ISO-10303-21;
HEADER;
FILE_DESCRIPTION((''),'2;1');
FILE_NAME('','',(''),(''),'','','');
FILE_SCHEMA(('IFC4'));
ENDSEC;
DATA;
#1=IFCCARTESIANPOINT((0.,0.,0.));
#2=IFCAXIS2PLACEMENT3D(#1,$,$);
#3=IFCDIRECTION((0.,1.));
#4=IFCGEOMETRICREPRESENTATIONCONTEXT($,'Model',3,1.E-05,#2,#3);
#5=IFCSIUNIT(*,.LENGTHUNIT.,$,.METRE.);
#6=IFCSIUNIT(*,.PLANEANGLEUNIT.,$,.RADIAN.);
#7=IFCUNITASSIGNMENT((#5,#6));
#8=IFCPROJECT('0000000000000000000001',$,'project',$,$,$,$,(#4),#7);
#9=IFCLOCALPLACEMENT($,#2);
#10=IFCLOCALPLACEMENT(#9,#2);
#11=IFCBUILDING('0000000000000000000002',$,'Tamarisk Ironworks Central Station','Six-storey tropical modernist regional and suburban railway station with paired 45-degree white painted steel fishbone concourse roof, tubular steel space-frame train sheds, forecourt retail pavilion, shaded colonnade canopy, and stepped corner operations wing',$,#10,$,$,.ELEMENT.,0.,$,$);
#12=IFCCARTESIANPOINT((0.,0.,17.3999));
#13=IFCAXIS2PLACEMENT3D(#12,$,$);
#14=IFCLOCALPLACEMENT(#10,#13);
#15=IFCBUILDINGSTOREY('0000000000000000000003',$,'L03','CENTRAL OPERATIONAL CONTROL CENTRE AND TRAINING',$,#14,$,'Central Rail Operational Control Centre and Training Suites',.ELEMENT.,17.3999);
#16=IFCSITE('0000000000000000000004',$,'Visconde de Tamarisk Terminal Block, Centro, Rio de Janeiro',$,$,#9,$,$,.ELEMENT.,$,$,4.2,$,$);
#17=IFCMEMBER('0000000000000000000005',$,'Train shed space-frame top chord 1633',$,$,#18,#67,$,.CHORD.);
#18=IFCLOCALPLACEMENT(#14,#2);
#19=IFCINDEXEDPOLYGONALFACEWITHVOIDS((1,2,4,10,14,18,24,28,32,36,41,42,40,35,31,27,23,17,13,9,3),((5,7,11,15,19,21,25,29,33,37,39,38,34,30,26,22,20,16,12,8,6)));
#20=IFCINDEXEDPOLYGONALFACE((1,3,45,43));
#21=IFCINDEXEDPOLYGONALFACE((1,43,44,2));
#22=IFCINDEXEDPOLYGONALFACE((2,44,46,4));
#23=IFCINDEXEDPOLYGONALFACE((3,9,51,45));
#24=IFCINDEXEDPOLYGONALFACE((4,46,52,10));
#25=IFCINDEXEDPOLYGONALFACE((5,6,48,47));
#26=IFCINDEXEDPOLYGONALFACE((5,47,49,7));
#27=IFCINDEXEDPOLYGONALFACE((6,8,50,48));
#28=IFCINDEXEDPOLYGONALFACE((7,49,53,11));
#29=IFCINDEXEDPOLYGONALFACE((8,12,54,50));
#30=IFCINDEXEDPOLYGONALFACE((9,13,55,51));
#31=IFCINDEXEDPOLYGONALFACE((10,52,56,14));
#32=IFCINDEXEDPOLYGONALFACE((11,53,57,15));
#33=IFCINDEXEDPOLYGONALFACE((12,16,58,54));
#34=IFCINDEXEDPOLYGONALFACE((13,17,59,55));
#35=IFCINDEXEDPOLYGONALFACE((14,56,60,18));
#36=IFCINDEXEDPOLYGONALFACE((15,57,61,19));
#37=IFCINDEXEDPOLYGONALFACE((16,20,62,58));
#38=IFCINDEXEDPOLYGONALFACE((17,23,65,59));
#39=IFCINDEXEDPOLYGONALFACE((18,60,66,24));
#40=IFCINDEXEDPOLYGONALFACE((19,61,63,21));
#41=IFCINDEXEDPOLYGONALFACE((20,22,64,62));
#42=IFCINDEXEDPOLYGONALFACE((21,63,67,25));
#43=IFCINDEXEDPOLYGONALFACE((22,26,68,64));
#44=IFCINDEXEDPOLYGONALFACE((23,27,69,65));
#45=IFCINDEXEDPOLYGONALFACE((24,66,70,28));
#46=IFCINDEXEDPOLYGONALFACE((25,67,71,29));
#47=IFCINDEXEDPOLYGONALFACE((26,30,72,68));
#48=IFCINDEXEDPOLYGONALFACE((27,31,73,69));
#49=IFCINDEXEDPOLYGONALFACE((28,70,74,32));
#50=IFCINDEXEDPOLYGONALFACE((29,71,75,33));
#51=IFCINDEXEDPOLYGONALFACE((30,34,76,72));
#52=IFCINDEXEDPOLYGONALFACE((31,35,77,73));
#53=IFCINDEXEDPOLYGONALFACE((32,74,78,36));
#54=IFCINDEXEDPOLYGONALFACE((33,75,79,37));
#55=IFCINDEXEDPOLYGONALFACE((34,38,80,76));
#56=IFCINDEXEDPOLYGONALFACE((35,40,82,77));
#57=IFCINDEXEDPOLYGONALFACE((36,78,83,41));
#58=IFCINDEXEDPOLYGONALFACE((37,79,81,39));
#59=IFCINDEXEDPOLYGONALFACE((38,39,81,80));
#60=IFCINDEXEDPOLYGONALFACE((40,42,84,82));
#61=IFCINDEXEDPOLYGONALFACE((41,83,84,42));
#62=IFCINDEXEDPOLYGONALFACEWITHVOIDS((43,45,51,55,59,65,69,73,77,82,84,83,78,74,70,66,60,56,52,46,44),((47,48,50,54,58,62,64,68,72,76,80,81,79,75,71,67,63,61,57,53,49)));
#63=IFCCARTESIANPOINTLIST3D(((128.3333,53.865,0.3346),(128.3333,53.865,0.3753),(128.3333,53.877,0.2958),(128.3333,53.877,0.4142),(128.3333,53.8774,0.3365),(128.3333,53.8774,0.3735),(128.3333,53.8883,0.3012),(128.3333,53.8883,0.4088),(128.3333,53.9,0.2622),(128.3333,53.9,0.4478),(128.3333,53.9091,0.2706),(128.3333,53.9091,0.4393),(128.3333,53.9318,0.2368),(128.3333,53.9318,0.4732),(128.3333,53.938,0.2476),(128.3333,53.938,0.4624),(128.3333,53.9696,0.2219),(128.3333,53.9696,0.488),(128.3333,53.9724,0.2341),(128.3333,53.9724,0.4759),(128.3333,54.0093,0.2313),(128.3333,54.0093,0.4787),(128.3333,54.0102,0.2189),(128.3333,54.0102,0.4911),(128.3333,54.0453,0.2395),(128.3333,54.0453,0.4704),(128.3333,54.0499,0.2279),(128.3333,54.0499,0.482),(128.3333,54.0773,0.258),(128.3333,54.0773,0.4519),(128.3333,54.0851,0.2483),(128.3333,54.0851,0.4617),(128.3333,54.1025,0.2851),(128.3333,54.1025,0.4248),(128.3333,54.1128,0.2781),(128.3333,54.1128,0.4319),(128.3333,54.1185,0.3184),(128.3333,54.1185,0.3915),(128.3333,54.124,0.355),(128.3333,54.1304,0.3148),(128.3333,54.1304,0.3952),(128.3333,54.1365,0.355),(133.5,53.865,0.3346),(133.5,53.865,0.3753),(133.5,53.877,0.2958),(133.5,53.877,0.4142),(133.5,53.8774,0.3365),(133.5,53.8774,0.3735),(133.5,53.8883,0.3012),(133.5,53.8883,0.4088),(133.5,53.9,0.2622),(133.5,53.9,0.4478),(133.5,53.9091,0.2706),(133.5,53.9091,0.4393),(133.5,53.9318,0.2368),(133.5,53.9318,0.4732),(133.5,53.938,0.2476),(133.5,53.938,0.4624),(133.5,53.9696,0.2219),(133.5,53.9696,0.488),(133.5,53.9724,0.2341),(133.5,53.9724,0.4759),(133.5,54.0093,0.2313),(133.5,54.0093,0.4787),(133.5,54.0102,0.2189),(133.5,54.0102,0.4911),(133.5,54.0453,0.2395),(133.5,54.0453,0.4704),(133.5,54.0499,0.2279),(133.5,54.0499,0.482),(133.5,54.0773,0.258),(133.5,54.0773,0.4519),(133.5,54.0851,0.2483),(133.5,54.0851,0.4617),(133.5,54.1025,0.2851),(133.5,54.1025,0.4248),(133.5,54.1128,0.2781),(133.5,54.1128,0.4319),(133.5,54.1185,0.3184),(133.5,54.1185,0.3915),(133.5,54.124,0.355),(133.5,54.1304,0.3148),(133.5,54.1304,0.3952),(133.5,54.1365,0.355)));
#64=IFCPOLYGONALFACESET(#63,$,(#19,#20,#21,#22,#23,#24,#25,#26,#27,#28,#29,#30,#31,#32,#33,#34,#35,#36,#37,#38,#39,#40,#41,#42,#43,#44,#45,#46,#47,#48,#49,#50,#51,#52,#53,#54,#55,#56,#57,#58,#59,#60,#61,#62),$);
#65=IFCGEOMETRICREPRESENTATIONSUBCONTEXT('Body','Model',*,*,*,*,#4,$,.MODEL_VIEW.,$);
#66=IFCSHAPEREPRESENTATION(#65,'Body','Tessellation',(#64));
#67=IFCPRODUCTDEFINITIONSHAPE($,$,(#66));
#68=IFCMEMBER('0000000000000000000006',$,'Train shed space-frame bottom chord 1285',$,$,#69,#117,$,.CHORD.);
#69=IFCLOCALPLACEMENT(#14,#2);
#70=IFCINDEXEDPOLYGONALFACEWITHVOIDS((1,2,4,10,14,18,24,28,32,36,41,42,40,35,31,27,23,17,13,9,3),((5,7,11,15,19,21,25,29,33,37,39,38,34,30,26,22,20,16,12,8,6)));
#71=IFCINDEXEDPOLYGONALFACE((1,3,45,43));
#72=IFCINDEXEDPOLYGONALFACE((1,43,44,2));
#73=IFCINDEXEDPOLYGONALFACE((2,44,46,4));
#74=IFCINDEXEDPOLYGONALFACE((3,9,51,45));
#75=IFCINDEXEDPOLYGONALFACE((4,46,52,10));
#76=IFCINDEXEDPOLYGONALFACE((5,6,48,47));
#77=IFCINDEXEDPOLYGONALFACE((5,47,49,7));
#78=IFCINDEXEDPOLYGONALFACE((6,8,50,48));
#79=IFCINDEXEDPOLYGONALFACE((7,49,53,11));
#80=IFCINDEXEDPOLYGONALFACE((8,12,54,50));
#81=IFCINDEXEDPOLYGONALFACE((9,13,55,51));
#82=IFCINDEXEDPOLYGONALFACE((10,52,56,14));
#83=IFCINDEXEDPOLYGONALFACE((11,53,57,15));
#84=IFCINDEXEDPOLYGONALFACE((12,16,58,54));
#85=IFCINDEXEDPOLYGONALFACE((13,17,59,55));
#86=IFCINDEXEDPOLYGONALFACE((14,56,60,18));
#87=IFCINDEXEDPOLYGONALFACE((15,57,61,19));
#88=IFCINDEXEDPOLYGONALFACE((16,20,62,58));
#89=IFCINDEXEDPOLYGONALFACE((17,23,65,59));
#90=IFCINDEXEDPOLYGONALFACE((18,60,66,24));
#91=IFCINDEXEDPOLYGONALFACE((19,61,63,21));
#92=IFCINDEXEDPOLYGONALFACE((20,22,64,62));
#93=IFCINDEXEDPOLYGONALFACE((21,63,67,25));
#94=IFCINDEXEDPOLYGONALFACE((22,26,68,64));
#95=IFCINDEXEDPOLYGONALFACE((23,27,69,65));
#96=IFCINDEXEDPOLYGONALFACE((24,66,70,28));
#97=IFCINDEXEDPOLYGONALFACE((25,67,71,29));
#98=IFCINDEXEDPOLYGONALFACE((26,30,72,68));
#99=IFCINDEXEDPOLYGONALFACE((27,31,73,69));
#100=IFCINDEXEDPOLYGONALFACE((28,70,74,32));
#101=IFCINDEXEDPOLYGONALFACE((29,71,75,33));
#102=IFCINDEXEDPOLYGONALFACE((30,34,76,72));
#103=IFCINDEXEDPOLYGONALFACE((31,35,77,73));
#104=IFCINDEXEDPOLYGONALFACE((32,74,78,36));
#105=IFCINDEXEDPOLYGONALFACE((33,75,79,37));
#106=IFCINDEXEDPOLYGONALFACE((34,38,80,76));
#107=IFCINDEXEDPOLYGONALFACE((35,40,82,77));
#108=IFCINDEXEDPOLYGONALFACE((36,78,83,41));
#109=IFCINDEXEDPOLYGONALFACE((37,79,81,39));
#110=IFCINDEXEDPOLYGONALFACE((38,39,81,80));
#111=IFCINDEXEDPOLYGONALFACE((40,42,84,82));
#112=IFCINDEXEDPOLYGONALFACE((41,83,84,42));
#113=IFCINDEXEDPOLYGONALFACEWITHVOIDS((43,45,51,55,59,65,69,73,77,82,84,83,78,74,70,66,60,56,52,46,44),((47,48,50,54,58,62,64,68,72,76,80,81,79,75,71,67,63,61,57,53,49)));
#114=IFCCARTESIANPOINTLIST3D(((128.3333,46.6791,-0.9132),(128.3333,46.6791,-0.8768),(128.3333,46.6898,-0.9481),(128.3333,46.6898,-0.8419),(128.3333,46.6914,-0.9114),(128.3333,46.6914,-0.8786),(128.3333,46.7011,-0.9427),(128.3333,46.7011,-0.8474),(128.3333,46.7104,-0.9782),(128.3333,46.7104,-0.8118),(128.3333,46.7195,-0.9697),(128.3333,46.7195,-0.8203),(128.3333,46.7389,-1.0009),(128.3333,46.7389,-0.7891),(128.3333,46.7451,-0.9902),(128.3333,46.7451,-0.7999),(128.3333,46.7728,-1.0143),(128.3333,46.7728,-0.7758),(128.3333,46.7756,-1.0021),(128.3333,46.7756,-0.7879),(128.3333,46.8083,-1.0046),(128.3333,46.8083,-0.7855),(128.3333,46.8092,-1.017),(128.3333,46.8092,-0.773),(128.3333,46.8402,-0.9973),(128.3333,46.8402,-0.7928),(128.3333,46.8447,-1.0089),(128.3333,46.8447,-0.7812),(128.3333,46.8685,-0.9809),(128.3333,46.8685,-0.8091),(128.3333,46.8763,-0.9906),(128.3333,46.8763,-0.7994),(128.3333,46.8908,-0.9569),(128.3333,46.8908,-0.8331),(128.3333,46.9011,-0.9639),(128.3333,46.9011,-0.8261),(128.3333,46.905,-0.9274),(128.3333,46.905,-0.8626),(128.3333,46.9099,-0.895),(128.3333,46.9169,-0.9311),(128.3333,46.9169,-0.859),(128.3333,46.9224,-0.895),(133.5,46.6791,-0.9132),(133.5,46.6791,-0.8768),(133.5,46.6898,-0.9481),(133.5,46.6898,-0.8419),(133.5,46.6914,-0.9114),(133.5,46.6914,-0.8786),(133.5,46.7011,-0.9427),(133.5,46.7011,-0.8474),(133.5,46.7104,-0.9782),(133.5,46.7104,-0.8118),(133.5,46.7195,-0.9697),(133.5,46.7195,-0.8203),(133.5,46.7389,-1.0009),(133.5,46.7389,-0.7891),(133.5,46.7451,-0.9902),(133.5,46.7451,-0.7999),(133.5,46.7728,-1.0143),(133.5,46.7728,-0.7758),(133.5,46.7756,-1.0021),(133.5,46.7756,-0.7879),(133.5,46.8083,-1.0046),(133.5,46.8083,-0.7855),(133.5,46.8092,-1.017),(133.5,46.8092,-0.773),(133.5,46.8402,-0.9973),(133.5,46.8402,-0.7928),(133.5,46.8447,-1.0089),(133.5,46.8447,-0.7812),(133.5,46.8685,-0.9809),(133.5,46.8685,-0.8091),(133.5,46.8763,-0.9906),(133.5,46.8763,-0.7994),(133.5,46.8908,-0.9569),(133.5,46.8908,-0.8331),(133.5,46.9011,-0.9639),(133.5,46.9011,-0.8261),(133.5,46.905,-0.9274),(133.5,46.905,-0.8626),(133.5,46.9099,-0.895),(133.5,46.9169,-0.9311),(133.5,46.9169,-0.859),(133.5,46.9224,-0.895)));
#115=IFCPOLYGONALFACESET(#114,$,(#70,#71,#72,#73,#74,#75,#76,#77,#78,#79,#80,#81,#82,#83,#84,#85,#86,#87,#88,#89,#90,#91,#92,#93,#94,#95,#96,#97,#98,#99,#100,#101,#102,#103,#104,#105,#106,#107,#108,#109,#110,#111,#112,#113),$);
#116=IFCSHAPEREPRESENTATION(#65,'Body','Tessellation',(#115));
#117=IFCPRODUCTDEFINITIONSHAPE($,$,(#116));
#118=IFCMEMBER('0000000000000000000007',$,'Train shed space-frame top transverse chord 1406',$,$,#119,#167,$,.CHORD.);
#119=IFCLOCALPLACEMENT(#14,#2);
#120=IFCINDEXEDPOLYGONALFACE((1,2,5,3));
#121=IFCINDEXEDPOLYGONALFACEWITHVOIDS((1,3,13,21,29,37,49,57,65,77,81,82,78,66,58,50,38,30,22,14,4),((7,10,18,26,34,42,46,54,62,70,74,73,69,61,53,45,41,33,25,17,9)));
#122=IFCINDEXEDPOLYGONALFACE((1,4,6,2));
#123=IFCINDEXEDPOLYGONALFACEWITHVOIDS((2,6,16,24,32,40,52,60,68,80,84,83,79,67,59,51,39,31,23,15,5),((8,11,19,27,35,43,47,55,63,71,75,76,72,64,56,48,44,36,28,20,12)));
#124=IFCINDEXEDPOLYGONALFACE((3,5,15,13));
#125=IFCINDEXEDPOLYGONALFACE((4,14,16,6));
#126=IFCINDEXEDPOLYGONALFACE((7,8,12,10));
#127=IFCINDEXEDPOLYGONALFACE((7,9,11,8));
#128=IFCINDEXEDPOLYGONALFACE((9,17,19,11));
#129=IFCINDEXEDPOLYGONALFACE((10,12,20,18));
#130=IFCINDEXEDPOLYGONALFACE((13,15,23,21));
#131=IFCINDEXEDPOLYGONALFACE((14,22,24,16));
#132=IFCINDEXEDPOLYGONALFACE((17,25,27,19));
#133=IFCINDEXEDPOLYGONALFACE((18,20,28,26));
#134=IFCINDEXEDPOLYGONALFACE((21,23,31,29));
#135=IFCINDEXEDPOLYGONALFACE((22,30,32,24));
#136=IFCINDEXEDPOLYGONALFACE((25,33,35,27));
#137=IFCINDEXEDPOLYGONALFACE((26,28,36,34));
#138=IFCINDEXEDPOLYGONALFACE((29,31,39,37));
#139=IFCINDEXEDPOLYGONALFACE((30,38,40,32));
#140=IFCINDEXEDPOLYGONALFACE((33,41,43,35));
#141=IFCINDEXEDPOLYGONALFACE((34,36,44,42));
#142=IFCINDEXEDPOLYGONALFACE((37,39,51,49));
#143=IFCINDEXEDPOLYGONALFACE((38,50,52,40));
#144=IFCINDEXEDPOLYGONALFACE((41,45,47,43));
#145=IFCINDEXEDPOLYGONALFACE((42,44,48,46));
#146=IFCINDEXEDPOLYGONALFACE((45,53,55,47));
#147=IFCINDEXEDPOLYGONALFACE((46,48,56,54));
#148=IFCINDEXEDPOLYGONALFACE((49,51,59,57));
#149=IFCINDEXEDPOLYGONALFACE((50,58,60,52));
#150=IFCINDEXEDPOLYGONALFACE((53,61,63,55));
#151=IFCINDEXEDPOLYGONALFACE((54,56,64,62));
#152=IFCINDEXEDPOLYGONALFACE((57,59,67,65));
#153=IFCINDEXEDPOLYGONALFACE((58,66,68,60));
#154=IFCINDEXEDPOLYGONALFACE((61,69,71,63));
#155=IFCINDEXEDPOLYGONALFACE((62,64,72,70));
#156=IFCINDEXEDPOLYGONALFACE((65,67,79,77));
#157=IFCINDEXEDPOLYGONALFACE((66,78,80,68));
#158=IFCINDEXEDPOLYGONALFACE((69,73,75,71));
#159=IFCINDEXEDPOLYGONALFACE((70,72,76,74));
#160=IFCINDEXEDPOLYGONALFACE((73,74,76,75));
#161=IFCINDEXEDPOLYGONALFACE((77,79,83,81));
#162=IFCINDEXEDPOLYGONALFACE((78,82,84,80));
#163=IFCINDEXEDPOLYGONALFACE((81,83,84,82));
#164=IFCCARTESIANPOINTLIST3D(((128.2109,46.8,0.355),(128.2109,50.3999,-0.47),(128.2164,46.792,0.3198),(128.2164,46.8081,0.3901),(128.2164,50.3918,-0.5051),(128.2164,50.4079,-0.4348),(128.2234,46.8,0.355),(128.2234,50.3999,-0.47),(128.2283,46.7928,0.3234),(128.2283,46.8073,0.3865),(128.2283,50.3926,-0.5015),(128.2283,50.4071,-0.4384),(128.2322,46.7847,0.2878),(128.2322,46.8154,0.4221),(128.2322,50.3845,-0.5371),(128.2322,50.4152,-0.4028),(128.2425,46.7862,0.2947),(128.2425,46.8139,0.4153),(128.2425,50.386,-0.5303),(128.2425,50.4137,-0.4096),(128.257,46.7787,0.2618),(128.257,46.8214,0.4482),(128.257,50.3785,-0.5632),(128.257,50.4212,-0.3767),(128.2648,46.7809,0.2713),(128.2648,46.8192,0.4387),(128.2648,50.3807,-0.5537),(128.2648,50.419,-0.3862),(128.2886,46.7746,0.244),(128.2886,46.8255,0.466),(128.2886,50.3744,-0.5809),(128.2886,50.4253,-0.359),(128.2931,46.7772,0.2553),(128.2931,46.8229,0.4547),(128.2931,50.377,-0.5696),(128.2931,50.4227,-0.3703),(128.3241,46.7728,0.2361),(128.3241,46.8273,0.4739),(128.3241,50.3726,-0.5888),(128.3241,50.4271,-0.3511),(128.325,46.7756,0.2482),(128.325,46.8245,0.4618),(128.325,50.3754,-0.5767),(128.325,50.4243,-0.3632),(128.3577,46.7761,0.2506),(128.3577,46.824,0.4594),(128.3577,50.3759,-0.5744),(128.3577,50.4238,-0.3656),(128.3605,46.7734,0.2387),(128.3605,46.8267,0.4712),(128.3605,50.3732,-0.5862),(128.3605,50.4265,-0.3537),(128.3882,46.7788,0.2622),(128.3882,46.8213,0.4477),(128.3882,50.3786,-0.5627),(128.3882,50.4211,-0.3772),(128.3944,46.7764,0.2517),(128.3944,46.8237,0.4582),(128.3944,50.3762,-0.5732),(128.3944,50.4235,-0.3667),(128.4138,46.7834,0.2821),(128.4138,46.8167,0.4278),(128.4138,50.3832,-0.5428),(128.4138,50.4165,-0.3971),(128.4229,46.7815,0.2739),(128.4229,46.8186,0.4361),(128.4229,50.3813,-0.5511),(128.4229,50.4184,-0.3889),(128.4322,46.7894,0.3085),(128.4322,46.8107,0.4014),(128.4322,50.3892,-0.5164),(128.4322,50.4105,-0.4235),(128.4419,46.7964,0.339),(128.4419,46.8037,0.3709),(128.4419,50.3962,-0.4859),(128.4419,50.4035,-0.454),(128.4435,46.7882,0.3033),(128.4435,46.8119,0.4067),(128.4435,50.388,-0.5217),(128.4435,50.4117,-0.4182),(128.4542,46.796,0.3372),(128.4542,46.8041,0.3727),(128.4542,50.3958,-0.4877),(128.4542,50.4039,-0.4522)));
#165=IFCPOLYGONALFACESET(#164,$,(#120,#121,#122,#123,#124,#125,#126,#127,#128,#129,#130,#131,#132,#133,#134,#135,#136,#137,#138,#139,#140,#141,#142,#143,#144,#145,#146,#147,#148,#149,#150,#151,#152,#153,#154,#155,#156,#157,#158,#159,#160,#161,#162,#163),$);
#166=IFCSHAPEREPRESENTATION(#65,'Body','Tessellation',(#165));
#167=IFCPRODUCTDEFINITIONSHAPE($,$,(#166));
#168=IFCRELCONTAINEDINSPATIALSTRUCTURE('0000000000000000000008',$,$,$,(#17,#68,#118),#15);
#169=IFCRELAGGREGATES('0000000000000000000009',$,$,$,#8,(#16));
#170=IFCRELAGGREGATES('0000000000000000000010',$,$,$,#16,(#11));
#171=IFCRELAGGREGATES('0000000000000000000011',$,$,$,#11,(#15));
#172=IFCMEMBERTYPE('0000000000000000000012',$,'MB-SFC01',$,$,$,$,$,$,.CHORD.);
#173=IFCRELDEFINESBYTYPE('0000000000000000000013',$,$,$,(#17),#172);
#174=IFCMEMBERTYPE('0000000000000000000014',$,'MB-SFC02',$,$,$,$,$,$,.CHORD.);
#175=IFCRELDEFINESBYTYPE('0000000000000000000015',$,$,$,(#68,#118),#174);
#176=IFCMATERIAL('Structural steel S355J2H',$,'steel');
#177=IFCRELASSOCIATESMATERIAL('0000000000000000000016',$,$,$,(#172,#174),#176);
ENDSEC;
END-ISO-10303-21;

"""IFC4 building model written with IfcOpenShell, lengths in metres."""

from ifc_helpers import new_model, si_unit, direction, frame, origin, origin_2d, place, context, subcontext, project, spatial, hollow_circle, extrude, material, material_profile, profile_set, type_object, element, save


model = new_model("IFC4")

# Units and contexts
model_context = context("Model", 3, precision=1e-05, world=origin(), true_north=direction((0.0, 1.0)))
body_context = subcontext(model_context, "Body", "Model", "MODEL_VIEW")
ifc_project = project(units=[si_unit("LENGTHUNIT", "METRE"), si_unit("PLANEANGLEUNIT", "RADIAN")], contexts=[model_context])

# Site, building, storey
site_placement = place(None, origin())
site = spatial("IfcSite", under=ifc_project, at=site_placement, Name="Visconde de Tamarisk Terminal Block, Centro, Rio de Janeiro", CompositionType="ELEMENT", RefElevation=4.2)
building_placement = place(site_placement, origin())
building = spatial("IfcBuilding", under=site, at=building_placement, Name="Tamarisk Ironworks Central Station", Description="Six-storey tropical modernist regional and suburban railway station with paired 45-degree white painted steel fishbone concourse roof, tubular steel space-frame train sheds, forecourt retail pavilion, shaded colonnade canopy, and stepped corner operations wing", CompositionType="ELEMENT", ElevationOfRefHeight=0.0)
storey_placement = place(building_placement, frame((0.0, 0.0, 17.3999)))
storey = spatial("IfcBuildingStorey", under=building, at=storey_placement, Name="L03", Description="CENTRAL OPERATIONAL CONTROL CENTRE AND TRAINING", LongName="Central Rail Operational Control Centre and Training Suites", CompositionType="ELEMENT", Elevation=17.3999)

# Members
ifc_material_1 = material(Name="Structural steel S355J2H", Category="steel")
ifc_material_profile_1 = material_profile(ifc_material_1, hollow_circle(Radius=0.1365, WallThickness=0.0125, at=origin_2d()), Name="CHS 273x12.5")
ifc_profile_set_1 = profile_set([ifc_material_profile_1], Name="Structural steel S355J2H")
member_type_1 = type_object("IfcMemberType", Name="MB-SFC01", PredefinedType="CHORD", material=ifc_profile_set_1)
for number, where, z_axis, x_axis, name in (
    (1, (128.3333, 54.0, 0.355), (1.0, 0.0, 0.0), (0.0, 1.0, 0.0), "Train shed space-frame top chord 1633"),
):
    element("IfcMember", number, at=place(storey_placement, frame(where, z_axis=z_axis, x_axis=x_axis)), inside=storey, type_object=member_type_1, Name=name, PredefinedType="CHORD", context=body_context, shape_type="SweptSolid", body=[
        extrude(hollow_circle(Radius=0.1365, WallThickness=0.0125, at=origin_2d()), origin(), (0.0, 0.0, 1.0), 5.1667),
    ])
ifc_material_profile_2 = material_profile(ifc_material_1, hollow_circle(Radius=0.1223, WallThickness=0.0125, at=origin_2d()), Name="CHS 244.5x12.5")
ifc_profile_set_2 = profile_set([ifc_material_profile_2], Name="Structural steel S355J2H")
member_type_2 = type_object("IfcMemberType", Name="MB-SFC02", PredefinedType="CHORD", material=ifc_profile_set_2)
member_1_placement = place(storey_placement, frame((128.3333, 46.8, -0.895), z_axis=(1.0, 0.0, 0.0), x_axis=(0.0, 1.0, 0.0)))
element("IfcMember", 2, at=member_1_placement, inside=storey, type_object=member_type_2, Name="Train shed space-frame bottom chord 1285", PredefinedType="CHORD", context=body_context, shape_type="SweptSolid", body=[
    extrude(hollow_circle(Radius=0.1223, WallThickness=0.0125, at=origin_2d()), origin(), (0.0, 0.0, 1.0), 5.1667),
])
member_2_placement = place(storey_placement, frame((128.3333, 46.8, 0.355), z_axis=(0.0, 0.974733, -0.223372), x_axis=(-1.0, 0.0, 0.0)))
element("IfcMember", 3, at=member_2_placement, inside=storey, type_object=member_type_2, Name="Train shed space-frame top transverse chord 1406", PredefinedType="CHORD", context=body_context, shape_type="SweptSolid", body=[
    extrude(hollow_circle(Radius=0.1223, WallThickness=0.0125, at=origin_2d()), origin(), (0.0, 0.0, 1.0), 3.6931),
])

save(model, "model.ifc")
